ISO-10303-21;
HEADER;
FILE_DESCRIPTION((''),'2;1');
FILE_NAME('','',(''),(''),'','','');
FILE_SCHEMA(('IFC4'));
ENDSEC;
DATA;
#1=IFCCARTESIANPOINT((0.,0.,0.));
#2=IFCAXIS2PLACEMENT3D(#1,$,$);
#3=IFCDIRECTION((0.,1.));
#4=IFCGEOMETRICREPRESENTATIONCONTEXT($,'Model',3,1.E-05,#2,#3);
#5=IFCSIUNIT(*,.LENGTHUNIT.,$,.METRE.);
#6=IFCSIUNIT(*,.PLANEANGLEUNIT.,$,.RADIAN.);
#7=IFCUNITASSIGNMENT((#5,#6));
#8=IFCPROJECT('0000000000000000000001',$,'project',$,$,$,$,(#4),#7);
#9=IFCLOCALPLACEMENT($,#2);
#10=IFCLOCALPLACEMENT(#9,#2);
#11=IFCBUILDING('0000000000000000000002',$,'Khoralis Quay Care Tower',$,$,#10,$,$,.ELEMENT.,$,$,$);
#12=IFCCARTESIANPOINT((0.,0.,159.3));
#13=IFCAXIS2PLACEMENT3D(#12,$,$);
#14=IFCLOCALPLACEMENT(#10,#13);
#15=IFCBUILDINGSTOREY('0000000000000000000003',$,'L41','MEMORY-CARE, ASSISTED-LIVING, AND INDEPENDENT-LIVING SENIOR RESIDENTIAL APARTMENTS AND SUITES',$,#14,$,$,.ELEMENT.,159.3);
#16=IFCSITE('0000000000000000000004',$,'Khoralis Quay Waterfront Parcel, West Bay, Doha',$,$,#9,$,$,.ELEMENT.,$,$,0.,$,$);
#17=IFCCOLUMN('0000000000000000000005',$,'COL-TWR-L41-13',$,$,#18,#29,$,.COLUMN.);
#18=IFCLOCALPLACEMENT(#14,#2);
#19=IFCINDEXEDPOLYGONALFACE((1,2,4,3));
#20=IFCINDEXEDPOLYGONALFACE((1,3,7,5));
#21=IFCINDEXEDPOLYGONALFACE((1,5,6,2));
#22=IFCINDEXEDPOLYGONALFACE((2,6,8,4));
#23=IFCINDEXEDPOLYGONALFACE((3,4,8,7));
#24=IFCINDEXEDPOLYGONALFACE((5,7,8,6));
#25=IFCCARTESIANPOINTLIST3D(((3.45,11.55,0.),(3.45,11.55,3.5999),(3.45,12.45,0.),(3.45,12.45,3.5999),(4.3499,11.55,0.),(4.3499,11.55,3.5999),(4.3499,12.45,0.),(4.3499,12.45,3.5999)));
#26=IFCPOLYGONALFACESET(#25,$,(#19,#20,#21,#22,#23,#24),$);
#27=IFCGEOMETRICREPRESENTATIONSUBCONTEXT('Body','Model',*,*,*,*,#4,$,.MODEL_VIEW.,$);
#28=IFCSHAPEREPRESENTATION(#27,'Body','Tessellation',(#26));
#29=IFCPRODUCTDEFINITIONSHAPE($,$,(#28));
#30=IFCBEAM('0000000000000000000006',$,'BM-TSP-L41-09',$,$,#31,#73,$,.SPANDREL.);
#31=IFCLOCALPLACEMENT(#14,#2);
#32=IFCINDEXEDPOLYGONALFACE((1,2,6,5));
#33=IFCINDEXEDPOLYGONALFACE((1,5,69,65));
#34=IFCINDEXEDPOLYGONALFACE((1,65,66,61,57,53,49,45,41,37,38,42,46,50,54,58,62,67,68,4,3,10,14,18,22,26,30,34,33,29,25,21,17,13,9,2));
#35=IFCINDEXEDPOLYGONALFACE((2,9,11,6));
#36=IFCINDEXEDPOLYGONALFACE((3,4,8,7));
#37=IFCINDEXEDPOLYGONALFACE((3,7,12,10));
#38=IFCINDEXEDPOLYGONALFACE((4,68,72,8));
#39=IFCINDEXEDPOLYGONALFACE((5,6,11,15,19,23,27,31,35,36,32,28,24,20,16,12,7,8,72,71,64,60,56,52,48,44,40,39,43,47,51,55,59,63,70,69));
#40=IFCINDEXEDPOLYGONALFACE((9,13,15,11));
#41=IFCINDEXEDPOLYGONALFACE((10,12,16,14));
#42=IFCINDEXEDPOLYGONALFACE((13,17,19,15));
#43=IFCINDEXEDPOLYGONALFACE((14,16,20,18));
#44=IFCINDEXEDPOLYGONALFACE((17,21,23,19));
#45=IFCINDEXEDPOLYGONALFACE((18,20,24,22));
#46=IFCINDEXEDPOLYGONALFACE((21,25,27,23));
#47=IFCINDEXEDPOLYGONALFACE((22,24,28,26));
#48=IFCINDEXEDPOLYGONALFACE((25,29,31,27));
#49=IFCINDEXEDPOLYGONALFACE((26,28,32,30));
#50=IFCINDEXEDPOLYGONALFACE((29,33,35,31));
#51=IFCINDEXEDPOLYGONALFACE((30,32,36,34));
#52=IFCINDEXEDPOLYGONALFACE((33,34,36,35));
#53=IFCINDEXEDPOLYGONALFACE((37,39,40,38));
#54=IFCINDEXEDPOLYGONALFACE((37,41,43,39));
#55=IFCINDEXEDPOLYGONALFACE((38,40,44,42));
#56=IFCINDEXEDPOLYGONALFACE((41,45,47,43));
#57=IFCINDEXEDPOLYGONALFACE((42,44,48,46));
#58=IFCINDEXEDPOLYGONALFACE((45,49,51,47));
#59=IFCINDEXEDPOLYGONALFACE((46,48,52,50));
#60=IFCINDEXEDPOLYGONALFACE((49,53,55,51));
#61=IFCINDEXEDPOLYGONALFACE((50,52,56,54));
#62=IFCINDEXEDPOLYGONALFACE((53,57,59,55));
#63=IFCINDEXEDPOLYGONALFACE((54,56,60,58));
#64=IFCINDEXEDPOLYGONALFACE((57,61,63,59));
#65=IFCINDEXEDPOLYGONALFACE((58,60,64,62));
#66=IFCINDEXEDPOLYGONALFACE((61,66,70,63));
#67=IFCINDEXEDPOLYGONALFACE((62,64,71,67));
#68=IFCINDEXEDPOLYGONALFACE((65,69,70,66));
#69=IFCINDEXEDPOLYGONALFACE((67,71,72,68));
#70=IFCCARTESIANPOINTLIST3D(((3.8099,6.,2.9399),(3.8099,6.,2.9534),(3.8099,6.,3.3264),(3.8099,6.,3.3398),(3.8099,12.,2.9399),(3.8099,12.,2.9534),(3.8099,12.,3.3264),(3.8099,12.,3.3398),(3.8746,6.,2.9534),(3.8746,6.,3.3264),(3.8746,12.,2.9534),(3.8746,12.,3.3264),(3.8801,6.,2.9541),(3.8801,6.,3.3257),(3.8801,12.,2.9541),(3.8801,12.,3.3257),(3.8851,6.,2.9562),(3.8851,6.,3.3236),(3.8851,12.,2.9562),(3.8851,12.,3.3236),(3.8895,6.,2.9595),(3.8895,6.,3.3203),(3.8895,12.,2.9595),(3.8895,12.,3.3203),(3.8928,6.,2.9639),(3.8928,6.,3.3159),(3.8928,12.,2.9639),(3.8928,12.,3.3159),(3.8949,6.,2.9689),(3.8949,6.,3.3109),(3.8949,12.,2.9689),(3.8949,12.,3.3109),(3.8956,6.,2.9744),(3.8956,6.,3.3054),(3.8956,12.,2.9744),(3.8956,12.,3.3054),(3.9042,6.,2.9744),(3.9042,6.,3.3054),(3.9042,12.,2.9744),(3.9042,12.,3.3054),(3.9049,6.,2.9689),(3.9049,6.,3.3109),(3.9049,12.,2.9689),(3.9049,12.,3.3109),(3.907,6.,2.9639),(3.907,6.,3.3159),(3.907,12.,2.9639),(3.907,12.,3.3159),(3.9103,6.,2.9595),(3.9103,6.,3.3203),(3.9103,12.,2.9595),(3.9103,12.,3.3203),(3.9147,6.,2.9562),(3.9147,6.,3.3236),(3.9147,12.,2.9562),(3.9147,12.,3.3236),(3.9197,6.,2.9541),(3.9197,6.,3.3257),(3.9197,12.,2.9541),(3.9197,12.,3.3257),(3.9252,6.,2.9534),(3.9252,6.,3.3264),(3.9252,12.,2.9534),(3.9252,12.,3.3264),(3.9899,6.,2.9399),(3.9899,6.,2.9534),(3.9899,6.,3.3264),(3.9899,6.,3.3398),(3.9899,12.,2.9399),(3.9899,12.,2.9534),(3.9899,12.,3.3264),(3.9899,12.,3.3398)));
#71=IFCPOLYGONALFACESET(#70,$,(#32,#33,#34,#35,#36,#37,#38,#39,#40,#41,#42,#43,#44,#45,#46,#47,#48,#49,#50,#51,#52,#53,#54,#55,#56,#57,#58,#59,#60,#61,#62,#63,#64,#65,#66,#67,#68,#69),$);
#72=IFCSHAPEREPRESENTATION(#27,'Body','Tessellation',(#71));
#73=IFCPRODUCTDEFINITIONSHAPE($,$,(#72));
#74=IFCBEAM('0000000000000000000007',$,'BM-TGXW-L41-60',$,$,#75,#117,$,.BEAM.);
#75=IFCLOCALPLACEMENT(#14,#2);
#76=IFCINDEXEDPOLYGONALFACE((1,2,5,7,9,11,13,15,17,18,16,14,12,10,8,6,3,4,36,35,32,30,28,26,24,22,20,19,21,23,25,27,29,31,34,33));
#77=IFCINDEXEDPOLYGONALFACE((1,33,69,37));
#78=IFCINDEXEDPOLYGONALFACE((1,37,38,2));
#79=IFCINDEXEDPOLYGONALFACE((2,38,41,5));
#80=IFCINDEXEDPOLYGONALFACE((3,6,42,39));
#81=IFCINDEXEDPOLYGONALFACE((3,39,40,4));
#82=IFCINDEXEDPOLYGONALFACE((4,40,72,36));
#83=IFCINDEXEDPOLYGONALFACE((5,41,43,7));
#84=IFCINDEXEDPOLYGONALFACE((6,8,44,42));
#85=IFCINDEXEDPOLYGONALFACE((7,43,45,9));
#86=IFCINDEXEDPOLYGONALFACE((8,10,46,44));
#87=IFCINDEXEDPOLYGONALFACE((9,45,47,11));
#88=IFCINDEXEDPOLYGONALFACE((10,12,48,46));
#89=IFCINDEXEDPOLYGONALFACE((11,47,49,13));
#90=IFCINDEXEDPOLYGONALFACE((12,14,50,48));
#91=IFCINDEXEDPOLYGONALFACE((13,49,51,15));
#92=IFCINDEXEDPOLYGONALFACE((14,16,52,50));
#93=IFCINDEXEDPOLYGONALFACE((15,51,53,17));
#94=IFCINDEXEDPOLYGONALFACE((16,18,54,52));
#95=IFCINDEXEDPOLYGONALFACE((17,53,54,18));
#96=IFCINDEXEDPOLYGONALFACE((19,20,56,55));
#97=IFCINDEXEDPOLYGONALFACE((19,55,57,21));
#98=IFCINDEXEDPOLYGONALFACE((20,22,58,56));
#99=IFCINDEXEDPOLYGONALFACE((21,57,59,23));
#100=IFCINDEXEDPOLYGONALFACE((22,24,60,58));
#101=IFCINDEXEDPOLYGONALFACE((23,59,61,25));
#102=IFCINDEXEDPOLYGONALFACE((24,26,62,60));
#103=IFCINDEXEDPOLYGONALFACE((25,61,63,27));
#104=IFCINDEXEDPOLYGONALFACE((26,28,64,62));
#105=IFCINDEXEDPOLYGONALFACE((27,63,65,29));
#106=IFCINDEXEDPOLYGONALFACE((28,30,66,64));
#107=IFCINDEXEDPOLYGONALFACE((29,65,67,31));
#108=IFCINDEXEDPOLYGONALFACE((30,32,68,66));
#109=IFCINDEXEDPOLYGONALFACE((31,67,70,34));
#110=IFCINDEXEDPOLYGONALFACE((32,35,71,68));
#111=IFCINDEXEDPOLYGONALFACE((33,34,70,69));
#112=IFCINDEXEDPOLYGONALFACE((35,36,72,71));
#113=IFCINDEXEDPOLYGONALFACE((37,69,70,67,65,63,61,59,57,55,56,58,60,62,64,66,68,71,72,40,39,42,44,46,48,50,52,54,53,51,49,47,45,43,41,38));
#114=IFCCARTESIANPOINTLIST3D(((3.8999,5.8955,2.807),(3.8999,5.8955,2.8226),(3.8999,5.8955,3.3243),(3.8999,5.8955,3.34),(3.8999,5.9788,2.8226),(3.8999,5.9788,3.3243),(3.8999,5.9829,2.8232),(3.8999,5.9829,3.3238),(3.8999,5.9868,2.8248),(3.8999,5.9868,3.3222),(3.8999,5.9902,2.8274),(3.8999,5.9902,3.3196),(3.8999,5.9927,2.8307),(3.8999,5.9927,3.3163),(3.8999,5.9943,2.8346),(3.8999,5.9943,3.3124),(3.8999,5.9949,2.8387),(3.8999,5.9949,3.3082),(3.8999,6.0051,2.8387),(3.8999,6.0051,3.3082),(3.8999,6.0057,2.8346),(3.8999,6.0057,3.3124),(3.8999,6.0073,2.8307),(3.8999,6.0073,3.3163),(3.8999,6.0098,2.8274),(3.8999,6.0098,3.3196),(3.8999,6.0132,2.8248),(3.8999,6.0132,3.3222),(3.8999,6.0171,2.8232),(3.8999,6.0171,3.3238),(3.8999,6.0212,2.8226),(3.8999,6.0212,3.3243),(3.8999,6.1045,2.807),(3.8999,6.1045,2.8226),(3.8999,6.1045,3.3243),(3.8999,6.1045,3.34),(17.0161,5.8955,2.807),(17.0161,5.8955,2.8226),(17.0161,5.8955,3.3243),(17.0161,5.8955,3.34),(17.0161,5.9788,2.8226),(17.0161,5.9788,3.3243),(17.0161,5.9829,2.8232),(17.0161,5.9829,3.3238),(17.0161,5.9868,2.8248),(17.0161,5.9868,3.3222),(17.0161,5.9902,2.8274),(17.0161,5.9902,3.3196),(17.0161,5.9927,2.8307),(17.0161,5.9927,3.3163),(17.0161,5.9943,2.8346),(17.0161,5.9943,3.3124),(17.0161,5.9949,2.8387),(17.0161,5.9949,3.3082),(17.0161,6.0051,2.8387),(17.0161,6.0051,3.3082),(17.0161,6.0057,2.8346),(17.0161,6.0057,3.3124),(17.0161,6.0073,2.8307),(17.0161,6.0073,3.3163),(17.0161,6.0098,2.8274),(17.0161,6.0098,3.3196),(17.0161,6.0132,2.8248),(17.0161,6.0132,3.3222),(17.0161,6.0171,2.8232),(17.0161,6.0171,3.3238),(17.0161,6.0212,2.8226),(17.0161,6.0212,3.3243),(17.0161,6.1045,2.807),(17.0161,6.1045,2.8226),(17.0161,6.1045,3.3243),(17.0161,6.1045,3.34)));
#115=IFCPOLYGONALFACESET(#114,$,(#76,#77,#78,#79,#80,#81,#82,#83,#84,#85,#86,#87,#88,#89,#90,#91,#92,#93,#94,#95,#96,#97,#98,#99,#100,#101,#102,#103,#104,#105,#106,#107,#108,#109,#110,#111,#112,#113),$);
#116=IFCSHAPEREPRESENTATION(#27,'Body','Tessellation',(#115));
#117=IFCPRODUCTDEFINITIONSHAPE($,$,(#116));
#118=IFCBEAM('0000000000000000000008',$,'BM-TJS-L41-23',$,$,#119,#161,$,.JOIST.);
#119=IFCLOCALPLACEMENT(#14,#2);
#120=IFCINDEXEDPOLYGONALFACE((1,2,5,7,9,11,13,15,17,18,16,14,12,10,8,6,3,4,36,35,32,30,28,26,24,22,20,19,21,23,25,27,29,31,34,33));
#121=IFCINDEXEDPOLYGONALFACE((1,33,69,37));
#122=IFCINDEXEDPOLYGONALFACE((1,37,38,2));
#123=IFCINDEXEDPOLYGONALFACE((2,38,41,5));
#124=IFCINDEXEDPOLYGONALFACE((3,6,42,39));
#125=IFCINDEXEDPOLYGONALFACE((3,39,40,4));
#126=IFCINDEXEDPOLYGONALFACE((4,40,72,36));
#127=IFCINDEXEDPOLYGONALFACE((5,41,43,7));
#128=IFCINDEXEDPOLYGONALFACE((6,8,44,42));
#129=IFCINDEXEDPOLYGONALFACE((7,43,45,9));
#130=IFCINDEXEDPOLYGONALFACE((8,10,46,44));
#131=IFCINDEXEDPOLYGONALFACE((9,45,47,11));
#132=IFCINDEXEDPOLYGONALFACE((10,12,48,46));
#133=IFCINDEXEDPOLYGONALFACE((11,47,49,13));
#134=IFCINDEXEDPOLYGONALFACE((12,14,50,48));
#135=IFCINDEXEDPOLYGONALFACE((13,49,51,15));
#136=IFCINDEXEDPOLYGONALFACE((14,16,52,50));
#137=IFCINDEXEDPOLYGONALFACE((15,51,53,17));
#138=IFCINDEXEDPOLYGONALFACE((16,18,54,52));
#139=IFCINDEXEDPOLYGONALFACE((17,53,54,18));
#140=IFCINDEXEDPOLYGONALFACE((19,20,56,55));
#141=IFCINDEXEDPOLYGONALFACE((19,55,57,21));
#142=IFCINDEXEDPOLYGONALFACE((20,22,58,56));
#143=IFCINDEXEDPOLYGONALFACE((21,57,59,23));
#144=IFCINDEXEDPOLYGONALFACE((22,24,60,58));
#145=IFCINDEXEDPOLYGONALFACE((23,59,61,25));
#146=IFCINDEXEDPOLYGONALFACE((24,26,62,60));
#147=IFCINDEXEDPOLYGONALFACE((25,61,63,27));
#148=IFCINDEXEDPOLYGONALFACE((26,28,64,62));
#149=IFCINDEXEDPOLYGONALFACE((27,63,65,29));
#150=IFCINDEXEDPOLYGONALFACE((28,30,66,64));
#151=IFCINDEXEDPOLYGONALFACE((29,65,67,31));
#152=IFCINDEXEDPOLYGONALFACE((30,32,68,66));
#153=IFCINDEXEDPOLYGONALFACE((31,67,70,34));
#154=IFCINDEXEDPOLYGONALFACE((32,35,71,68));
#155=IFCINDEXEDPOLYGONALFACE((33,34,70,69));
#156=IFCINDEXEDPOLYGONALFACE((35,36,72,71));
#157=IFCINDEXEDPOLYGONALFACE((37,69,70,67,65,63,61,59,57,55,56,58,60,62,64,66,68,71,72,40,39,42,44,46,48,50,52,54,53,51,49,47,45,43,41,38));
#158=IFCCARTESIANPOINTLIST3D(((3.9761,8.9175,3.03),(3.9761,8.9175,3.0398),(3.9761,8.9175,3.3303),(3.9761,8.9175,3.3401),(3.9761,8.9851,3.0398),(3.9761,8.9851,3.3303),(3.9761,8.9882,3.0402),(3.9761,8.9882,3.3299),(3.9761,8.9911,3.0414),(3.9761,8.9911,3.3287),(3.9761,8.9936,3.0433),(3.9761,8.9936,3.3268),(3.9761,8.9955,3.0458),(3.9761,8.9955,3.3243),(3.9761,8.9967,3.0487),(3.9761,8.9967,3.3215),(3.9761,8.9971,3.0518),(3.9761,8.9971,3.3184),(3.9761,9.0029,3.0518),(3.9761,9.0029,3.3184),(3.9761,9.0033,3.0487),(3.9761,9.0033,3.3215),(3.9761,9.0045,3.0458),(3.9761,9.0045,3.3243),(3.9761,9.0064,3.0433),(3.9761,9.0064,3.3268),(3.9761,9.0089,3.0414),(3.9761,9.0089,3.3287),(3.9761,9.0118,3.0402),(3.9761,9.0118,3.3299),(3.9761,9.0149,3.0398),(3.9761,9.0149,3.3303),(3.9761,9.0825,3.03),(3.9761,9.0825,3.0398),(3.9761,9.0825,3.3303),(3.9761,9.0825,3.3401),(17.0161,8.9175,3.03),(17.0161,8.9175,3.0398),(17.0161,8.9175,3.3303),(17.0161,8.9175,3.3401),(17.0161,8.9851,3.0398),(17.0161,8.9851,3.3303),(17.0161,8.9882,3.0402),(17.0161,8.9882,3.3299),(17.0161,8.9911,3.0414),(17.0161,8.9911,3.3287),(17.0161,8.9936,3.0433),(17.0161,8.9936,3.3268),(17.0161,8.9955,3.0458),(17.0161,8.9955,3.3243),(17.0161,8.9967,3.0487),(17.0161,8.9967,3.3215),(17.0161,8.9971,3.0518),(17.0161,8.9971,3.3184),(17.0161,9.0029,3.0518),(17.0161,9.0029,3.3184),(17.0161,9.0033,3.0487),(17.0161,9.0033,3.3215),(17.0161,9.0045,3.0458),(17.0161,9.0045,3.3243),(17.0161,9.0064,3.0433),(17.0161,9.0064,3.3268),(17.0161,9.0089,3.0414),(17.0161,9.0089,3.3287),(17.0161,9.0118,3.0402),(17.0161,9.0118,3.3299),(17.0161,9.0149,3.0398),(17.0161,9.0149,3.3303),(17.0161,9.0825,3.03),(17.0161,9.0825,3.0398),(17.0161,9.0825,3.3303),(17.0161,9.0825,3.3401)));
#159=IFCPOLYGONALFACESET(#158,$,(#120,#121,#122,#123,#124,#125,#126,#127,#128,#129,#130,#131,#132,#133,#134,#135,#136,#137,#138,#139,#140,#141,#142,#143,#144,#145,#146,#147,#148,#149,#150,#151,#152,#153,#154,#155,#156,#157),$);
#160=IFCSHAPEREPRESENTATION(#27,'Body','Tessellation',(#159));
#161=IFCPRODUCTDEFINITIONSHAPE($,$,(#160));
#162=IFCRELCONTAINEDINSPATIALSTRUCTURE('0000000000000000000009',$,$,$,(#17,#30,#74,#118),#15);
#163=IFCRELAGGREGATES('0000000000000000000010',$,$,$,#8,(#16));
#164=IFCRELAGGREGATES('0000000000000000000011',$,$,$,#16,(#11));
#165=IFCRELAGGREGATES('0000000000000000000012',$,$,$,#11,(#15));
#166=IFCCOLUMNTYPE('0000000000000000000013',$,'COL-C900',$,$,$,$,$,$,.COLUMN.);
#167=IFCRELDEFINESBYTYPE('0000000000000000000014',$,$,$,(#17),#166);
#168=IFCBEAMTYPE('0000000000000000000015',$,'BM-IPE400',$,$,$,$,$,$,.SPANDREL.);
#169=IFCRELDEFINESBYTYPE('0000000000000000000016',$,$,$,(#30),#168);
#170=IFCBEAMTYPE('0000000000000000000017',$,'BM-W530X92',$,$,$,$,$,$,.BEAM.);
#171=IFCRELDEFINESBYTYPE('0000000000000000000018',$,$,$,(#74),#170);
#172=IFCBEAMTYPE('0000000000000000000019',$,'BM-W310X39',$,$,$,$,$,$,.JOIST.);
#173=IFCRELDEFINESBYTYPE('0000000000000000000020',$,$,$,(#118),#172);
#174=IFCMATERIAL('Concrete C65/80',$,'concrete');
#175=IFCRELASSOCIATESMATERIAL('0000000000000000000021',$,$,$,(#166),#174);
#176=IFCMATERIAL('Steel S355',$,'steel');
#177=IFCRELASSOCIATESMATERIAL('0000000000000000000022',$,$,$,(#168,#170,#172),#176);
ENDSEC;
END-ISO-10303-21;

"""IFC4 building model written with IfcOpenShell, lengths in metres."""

from ifc_helpers import new_model, si_unit, direction, frame, origin, origin_2d, place, context, subcontext, project, spatial, rectangle, i_section, extrude, source, transform, mapped, material, material_profile, profile_set, type_object, element, save


model = new_model("IFC4")

# Units and contexts
model_context = context("Model", 3, precision=1e-05, world=origin(), true_north=direction((0.0, 1.0)))
body_context = subcontext(model_context, "Body", "Model", "MODEL_VIEW")
ifc_project = project(units=[si_unit("LENGTHUNIT", "METRE"), si_unit("PLANEANGLEUNIT", "RADIAN")], contexts=[model_context])

# Site, building, storey
site_placement = place(None, origin())
site = spatial("IfcSite", under=ifc_project, at=site_placement, Name="Khoralis Quay Waterfront Parcel, West Bay, Doha", CompositionType="ELEMENT", RefElevation=0.0)
building_placement = place(site_placement, origin())
building = spatial("IfcBuilding", under=site, at=building_placement, Name="Khoralis Quay Care Tower", CompositionType="ELEMENT")
storey_placement = place(building_placement, frame((0.0, 0.0, 159.3)))
storey = spatial("IfcBuildingStorey", under=building, at=storey_placement, Name="L41", Description="MEMORY-CARE, ASSISTED-LIVING, AND INDEPENDENT-LIVING SENIOR RESIDENTIAL APARTMENTS AND SUITES", CompositionType="ELEMENT", Elevation=159.3)

# Column
ifc_material_1 = material(Name="Concrete C65/80", Category="concrete")
ifc_material_profile_1 = material_profile(ifc_material_1, rectangle(XDim=0.8999, YDim=0.8999, at=origin_2d()), Name="Concrete C65/80")
ifc_profile_set_1 = profile_set([ifc_material_profile_1], Name="Concrete C65/80")
column_type = type_object("IfcColumnType", Name="COL-C900", PredefinedType="COLUMN", material=ifc_profile_set_1)
shared_shape_1 = source(origin(), body_context, "Body", "SweptSolid", [
    extrude(rectangle(XDim=0.8999, YDim=0.8999, at=origin_2d()), origin(), (0.0, 0.0, 1.0), 3.5999),
])
column_placement = place(storey_placement, frame((3.8999, 12.0, 0.0), z_axis=(0.0, 0.0, 1.0), x_axis=(1.0, 0.0, 0.0)))
element("IfcColumn", 1, at=column_placement, inside=storey, type_object=column_type, Name="COL-TWR-L41-13", PredefinedType="COLUMN", context=body_context, shape_type="MappedRepresentation", body=[
    mapped(shared_shape_1, transform((0.0, 0.0, 0.0), scale=1.0)),
])

# Beams
ifc_material_2 = material(Name="Steel S355", Category="steel")
ifc_material_profile_2 = material_profile(ifc_material_2, i_section(OverallWidth=0.1799, OverallDepth=0.3999, WebThickness=0.0085, FlangeThickness=0.0134, FilletRadius=0.021, at=origin_2d()), Name="Steel S355")
ifc_profile_set_2 = profile_set([ifc_material_profile_2], Name="Steel S355")
beam_type_1 = type_object("IfcBeamType", Name="BM-IPE400", PredefinedType="SPANDREL", material=ifc_profile_set_2)
shared_shape_2 = source(origin(), body_context, "Body", "SweptSolid", [
    extrude(i_section(OverallWidth=0.1799, OverallDepth=0.3999, WebThickness=0.0085, FlangeThickness=0.0134, FilletRadius=0.021, at=origin_2d()), origin(), (0.0, 0.0, 1.0), 6.0),
])
beam_1_placement = place(storey_placement, frame((3.8999, 6.0, 3.1399), z_axis=(0.0, 1.0, 0.0), x_axis=(-1.0, 0.0, 0.0)))
element("IfcBeam", 2, at=beam_1_placement, inside=storey, type_object=beam_type_1, Name="BM-TSP-L41-09", PredefinedType="SPANDREL", context=body_context, shape_type="MappedRepresentation", body=[
    mapped(shared_shape_2, transform((0.0, 0.0, 0.0), scale=1.0)),
])
ifc_material_profile_3 = material_profile(ifc_material_2, i_section(OverallWidth=0.209, OverallDepth=0.533, WebThickness=0.0103, FlangeThickness=0.0156, FilletRadius=0.0161, at=origin_2d()), Name="Steel S355")
ifc_profile_set_3 = profile_set([ifc_material_profile_3], Name="Steel S355")
beam_type_2 = type_object("IfcBeamType", Name="BM-W530X92", PredefinedType="BEAM", material=ifc_profile_set_3)
shared_shape_3 = source(origin(), body_context, "Body", "SweptSolid", [
    extrude(i_section(OverallWidth=0.209, OverallDepth=0.533, WebThickness=0.0103, FlangeThickness=0.0156, FilletRadius=0.0161, at=origin_2d()), origin(), (0.0, 0.0, 1.0), 13.1162),
])
beam_2_placement = place(storey_placement, frame((3.8999, 6.0, 3.0735), z_axis=(1.0, 0.0, 0.0), x_axis=(0.0, 1.0, 0.0)))
element("IfcBeam", 3, at=beam_2_placement, inside=storey, type_object=beam_type_2, Name="BM-TGXW-L41-60", PredefinedType="BEAM", context=body_context, shape_type="MappedRepresentation", body=[
    mapped(shared_shape_3, transform((0.0, 0.0, 0.0), scale=1.0)),
])
ifc_material_profile_4 = material_profile(ifc_material_2, i_section(OverallWidth=0.165, OverallDepth=0.3101, WebThickness=0.0059, FlangeThickness=0.0098, FilletRadius=0.012, at=origin_2d()), Name="Steel S355")
ifc_profile_set_4 = profile_set([ifc_material_profile_4], Name="Steel S355")
beam_type_3 = type_object("IfcBeamType", Name="BM-W310X39", PredefinedType="JOIST", material=ifc_profile_set_4)
shared_shape_4 = source(origin(), body_context, "Body", "SweptSolid", [
    extrude(i_section(OverallWidth=0.165, OverallDepth=0.3101, WebThickness=0.0059, FlangeThickness=0.0098, FilletRadius=0.012, at=origin_2d()), origin(), (0.0, 0.0, 1.0), 13.04),
])
beam_3_placement = place(storey_placement, frame((3.9761, 9.0, 3.1851), z_axis=(1.0, 0.0, 0.0), x_axis=(0.0, 1.0, 0.0)))
element("IfcBeam", 4, at=beam_3_placement, inside=storey, type_object=beam_type_3, Name="BM-TJS-L41-23", PredefinedType="JOIST", context=body_context, shape_type="MappedRepresentation", body=[
    mapped(shared_shape_4, transform((0.0, 0.0, 0.0), scale=1.0)),
])

save(model, "model.ifc")
